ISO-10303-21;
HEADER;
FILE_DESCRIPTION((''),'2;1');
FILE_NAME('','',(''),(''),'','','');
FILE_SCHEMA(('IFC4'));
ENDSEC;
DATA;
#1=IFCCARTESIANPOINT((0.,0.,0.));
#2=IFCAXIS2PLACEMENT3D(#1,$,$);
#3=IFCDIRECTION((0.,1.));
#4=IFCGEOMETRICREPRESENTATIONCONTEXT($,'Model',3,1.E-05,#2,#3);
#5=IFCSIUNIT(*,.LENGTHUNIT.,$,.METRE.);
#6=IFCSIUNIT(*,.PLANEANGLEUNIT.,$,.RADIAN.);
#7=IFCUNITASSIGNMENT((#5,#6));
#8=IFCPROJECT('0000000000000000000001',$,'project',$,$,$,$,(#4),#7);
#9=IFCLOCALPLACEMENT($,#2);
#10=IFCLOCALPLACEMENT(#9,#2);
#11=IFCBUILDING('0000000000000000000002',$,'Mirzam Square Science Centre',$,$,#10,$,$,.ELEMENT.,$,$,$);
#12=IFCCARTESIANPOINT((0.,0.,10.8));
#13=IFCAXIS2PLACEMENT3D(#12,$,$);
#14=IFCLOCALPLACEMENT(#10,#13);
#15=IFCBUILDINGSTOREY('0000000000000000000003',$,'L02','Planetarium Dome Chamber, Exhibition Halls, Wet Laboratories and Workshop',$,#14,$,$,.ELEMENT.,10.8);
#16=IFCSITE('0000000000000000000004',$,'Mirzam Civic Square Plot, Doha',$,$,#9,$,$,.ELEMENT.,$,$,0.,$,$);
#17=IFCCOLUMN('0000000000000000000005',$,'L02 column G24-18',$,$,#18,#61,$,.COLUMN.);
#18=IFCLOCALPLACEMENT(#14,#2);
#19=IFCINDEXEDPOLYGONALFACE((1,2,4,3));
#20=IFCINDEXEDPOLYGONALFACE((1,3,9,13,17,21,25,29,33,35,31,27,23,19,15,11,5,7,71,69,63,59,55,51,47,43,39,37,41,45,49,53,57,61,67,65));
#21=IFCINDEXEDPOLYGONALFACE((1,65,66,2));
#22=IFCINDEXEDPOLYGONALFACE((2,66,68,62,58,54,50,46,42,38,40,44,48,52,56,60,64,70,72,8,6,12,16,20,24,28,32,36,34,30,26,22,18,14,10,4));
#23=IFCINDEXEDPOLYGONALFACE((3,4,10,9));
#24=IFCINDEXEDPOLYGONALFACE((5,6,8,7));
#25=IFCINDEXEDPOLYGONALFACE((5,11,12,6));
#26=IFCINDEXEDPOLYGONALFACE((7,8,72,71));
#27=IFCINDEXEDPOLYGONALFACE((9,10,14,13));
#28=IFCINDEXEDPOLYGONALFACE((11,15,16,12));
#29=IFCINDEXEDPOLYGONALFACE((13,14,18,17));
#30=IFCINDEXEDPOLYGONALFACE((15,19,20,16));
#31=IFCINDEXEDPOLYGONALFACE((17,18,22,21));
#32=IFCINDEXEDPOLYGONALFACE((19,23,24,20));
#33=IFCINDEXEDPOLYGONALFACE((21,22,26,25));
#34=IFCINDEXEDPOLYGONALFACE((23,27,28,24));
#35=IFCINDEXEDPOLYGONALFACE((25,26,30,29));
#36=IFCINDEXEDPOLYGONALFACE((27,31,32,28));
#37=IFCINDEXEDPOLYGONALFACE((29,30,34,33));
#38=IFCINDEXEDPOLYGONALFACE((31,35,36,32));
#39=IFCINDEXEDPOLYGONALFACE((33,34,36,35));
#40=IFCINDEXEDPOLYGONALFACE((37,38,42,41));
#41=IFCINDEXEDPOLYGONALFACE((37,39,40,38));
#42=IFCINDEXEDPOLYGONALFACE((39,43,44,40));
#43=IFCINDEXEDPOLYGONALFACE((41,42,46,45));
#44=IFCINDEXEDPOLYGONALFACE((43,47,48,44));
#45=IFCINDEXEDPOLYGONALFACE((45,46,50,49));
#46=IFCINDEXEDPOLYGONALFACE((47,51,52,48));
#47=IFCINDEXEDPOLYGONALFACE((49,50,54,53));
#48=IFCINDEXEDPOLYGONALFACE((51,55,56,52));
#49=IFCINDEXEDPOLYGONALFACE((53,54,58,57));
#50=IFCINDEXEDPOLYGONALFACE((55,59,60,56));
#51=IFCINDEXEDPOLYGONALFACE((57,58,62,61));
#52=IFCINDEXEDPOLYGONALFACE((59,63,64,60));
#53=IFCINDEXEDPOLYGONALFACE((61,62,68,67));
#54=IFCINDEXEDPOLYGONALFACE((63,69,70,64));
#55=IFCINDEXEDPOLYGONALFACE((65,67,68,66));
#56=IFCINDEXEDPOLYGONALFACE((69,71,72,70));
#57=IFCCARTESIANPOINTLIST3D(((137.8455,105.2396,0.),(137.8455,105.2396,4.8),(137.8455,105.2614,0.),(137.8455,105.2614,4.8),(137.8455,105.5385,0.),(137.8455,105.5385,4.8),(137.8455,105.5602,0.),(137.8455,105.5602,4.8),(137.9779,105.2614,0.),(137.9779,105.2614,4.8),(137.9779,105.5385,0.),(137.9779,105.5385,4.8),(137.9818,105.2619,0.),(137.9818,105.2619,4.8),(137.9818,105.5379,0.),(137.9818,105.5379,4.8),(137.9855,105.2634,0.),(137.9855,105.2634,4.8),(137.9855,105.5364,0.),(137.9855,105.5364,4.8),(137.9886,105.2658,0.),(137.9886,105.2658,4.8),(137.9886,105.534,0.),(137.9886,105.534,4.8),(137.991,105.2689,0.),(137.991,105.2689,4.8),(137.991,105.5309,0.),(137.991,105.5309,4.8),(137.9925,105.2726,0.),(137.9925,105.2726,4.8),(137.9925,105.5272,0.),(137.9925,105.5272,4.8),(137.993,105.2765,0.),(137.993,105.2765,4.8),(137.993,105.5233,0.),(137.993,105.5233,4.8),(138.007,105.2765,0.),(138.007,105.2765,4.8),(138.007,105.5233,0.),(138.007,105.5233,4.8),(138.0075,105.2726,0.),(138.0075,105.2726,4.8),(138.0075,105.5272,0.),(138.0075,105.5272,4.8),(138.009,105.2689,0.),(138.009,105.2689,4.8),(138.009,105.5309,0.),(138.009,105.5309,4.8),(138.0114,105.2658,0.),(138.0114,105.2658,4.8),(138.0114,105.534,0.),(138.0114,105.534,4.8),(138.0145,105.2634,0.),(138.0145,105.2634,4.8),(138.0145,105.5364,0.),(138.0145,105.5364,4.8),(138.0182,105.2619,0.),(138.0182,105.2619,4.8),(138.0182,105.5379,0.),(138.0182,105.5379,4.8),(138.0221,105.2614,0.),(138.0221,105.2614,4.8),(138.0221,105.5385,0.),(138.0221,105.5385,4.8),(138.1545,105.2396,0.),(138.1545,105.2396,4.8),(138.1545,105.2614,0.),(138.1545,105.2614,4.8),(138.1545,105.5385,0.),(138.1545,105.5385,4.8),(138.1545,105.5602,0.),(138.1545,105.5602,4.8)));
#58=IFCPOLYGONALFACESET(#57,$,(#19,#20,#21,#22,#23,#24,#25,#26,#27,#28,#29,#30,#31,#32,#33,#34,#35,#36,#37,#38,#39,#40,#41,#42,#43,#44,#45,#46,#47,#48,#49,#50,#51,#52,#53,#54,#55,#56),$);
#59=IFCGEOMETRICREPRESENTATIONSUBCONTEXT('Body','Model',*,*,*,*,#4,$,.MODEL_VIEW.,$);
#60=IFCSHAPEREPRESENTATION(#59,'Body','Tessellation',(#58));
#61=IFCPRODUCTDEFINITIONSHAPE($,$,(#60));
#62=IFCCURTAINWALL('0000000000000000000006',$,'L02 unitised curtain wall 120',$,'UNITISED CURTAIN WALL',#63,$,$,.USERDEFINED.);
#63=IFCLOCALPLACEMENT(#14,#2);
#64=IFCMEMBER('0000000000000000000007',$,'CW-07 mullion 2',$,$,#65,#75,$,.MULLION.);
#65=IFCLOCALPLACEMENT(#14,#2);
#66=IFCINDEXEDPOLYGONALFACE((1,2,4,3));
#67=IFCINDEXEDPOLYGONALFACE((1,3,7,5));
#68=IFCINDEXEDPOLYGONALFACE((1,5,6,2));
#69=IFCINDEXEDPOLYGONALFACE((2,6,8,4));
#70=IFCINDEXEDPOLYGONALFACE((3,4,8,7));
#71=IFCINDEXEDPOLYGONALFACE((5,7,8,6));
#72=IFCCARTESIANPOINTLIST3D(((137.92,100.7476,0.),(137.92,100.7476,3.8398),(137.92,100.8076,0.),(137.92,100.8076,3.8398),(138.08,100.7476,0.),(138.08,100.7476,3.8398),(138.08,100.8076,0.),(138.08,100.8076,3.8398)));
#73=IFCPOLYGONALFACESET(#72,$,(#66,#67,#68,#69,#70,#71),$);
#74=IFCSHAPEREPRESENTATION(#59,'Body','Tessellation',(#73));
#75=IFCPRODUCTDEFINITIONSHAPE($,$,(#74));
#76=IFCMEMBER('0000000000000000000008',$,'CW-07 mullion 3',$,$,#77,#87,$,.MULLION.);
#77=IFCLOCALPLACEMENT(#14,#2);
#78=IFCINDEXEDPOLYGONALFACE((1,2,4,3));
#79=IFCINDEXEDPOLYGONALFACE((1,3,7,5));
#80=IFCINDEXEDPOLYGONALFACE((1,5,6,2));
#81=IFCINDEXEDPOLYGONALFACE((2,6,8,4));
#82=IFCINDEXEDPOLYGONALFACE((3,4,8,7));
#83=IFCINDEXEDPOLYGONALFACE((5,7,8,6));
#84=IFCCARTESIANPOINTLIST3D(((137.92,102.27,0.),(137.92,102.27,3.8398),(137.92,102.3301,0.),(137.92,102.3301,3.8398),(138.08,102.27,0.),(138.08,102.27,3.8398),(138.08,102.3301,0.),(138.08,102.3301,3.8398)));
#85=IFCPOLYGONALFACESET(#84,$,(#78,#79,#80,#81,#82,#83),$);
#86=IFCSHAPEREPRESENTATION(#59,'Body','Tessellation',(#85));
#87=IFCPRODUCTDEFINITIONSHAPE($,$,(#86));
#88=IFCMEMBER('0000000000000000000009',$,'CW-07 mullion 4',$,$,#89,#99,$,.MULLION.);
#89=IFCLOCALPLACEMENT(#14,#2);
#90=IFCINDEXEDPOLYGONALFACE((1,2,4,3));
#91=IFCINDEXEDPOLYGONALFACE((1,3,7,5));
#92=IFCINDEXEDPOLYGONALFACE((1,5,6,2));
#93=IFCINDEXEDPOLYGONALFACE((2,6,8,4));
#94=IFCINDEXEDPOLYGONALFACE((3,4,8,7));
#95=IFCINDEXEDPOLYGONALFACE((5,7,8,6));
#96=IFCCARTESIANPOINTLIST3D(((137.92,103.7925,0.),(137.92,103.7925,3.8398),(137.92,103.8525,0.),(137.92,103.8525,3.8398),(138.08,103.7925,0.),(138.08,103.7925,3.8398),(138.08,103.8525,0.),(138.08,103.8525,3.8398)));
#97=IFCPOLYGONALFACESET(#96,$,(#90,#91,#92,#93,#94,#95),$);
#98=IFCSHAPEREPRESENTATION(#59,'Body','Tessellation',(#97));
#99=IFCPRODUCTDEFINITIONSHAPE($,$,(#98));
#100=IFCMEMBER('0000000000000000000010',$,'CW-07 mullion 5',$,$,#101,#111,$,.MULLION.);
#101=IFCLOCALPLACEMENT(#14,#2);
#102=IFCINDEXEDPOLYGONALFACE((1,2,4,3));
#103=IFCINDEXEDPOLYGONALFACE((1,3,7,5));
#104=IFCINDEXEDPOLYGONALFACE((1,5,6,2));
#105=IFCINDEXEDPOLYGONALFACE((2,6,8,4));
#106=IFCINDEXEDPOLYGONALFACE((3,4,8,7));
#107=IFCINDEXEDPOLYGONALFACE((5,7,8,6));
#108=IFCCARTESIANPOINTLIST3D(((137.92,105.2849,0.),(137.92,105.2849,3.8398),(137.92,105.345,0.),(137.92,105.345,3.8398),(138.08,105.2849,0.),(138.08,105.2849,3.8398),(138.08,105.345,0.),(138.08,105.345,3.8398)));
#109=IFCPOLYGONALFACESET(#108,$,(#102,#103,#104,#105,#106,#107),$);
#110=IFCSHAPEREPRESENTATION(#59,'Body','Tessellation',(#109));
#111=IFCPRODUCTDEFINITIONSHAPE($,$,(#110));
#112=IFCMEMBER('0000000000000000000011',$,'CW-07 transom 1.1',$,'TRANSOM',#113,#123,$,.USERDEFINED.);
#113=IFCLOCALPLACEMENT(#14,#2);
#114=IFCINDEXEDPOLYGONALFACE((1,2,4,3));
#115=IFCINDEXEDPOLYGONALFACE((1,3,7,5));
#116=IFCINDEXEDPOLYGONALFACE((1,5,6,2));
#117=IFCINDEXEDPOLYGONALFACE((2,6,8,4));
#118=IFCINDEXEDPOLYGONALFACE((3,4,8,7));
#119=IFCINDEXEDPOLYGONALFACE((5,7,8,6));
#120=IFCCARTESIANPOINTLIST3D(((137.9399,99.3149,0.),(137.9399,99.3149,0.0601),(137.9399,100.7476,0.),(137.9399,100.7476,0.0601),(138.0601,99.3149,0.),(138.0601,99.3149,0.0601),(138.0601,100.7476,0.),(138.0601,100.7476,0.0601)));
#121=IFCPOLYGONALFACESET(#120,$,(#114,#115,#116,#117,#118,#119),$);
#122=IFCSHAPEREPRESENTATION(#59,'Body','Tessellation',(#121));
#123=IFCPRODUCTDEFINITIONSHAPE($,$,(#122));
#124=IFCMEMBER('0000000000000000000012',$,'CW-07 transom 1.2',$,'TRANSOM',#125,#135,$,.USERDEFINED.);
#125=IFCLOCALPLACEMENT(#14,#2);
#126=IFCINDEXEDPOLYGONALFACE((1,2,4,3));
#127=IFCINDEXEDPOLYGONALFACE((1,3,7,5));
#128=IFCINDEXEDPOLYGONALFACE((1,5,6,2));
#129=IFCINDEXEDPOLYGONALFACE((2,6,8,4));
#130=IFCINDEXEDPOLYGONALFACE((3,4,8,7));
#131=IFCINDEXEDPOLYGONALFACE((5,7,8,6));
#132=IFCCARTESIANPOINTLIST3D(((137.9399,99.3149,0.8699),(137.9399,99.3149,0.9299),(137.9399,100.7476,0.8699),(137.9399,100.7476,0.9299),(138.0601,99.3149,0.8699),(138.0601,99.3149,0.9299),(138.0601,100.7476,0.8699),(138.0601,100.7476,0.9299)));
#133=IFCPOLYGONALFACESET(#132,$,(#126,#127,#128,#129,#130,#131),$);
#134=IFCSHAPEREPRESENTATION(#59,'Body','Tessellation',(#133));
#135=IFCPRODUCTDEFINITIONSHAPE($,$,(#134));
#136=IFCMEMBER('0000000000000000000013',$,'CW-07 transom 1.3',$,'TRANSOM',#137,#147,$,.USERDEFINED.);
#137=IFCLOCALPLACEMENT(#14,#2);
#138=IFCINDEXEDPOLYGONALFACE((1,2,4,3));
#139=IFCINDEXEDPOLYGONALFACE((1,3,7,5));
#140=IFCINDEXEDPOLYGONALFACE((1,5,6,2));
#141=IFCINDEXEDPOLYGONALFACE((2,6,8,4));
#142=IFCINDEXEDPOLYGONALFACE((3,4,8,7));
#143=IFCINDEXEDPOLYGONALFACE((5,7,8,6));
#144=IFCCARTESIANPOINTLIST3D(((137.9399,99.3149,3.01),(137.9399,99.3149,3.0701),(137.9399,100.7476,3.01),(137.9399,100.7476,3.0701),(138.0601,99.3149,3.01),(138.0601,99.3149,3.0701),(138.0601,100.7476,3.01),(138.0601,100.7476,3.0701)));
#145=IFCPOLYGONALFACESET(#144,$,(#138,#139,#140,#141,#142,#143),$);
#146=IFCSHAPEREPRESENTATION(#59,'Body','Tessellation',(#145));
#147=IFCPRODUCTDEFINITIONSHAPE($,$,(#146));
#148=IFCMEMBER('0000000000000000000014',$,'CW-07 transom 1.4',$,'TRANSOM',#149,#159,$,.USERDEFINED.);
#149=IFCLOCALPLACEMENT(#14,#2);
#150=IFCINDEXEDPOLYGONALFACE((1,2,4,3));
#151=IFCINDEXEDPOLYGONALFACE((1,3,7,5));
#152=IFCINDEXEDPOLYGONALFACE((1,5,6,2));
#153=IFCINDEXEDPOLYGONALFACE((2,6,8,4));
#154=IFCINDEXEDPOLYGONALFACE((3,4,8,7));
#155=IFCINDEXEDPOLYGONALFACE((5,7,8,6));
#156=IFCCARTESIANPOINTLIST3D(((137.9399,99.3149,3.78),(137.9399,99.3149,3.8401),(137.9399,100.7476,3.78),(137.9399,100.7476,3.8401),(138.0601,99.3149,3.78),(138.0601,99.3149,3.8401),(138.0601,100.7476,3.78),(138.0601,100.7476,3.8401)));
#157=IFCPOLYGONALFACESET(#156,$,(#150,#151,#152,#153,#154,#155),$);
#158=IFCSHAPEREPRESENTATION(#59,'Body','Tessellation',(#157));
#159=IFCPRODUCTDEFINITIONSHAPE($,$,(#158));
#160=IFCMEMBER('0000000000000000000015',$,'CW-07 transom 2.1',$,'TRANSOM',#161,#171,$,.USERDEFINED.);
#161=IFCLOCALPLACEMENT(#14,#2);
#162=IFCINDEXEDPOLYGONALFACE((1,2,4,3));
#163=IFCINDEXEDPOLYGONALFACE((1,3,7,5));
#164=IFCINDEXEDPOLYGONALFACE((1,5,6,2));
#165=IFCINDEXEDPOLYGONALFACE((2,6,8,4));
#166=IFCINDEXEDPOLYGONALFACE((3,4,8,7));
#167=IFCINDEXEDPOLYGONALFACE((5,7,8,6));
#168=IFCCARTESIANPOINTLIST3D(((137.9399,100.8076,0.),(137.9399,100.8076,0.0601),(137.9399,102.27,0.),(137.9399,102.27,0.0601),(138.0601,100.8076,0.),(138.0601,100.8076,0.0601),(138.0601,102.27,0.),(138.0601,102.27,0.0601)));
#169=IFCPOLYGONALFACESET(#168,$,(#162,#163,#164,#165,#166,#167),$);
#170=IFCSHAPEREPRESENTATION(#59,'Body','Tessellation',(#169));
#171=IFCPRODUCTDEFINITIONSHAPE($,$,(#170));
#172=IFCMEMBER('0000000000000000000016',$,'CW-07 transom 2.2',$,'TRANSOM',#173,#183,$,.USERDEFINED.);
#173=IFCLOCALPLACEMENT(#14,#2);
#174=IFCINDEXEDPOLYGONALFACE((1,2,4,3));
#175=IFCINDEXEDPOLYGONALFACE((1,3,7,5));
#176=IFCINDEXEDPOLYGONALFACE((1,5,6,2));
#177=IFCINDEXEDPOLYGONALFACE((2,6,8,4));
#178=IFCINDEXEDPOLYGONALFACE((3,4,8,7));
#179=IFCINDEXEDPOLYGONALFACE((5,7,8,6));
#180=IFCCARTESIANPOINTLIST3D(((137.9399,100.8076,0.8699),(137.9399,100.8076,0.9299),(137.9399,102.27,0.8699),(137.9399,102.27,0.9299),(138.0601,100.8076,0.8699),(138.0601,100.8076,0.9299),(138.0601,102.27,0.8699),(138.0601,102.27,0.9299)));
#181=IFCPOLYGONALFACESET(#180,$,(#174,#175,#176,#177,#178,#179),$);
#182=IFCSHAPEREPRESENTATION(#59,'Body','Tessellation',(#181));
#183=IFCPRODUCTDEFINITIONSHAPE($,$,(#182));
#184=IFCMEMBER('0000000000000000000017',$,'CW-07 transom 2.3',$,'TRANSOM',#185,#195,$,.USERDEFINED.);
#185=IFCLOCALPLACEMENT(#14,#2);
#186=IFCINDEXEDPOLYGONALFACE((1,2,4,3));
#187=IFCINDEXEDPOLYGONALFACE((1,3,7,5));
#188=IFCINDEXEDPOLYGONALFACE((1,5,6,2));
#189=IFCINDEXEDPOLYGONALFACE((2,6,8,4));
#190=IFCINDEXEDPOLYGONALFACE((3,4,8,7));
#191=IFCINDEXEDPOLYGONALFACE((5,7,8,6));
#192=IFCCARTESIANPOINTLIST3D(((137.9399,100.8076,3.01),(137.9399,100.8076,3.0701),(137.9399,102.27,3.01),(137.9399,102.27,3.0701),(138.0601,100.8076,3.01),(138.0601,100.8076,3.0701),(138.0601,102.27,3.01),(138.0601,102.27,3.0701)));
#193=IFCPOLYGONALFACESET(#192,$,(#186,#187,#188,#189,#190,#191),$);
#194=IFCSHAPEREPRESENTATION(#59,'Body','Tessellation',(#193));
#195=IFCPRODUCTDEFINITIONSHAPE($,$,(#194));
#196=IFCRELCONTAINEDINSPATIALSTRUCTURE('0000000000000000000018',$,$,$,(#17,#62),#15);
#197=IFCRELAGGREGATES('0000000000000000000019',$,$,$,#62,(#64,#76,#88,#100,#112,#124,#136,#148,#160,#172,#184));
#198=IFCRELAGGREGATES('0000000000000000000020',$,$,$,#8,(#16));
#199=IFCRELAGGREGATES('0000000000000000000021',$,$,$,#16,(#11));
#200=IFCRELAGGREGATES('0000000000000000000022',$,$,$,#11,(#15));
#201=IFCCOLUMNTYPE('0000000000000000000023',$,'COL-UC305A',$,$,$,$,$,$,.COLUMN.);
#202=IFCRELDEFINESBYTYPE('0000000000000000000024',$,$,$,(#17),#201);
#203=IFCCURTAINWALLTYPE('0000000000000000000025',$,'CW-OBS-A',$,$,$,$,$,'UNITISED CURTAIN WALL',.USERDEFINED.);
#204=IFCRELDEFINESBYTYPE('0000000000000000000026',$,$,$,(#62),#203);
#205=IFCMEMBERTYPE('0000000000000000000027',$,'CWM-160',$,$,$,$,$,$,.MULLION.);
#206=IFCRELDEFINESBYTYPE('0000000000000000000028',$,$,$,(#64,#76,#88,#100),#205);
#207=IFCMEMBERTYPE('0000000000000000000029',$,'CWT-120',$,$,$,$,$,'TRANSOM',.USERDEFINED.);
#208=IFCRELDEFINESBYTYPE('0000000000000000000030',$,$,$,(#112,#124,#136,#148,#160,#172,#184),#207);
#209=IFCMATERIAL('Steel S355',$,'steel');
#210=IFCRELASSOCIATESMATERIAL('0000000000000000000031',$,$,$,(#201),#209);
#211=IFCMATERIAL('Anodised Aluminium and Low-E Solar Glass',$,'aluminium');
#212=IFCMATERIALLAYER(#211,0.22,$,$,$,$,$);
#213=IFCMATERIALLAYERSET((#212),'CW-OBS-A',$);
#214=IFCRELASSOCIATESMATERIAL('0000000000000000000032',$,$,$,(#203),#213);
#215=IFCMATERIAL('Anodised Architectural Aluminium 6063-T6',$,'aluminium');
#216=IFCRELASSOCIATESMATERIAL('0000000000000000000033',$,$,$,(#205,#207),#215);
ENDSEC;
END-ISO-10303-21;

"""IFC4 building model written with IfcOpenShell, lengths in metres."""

from ifc_helpers import new_model, si_unit, direction, frame, origin, origin_2d, place, context, subcontext, project, spatial, rectangle, i_section, extrude, material, layer, layer_set, material_profile, profile_set, type_object, element, aggregate, save


model = new_model("IFC4")

# Units and contexts
model_context = context("Model", 3, precision=1e-05, world=origin(), true_north=direction((0.0, 1.0)))
body_context = subcontext(model_context, "Body", "Model", "MODEL_VIEW")
ifc_project = project(units=[si_unit("LENGTHUNIT", "METRE"), si_unit("PLANEANGLEUNIT", "RADIAN")], contexts=[model_context])

# Site, building, storey
site_placement = place(None, origin())
site = spatial("IfcSite", under=ifc_project, at=site_placement, Name="Mirzam Civic Square Plot, Doha", CompositionType="ELEMENT", RefElevation=0.0)
building_placement = place(site_placement, origin())
building = spatial("IfcBuilding", under=site, at=building_placement, Name="Mirzam Square Science Centre", CompositionType="ELEMENT")
storey_placement = place(building_placement, frame((0.0, 0.0, 10.8)))
storey = spatial("IfcBuildingStorey", under=building, at=storey_placement, Name="L02", Description="Planetarium Dome Chamber, Exhibition Halls, Wet Laboratories and Workshop", CompositionType="ELEMENT", Elevation=10.8)

# Column
ifc_material_1 = material(Name="Steel S355", Category="steel")
ifc_material_profile_1 = material_profile(ifc_material_1, i_section(OverallWidth=0.3091, OverallDepth=0.3206, WebThickness=0.0139, FlangeThickness=0.0217, FilletRadius=0.0151, at=origin_2d()), Name="305x305x137UC")
ifc_profile_set_1 = profile_set([ifc_material_profile_1], Name="Steel S355")
column_type = type_object("IfcColumnType", Name="COL-UC305A", PredefinedType="COLUMN", material=ifc_profile_set_1)
column_placement = place(storey_placement, frame((138.0, 105.3999, 0.0), z_axis=(0.0, 0.0, 1.0), x_axis=(1.0, 0.0, 0.0)))
element("IfcColumn", 1, at=column_placement, inside=storey, type_object=column_type, Name="L02 column G24-18", PredefinedType="COLUMN", context=body_context, shape_type="SweptSolid", body=[
    extrude(i_section(OverallWidth=0.3091, OverallDepth=0.3206, WebThickness=0.0139, FlangeThickness=0.0217, FilletRadius=0.0151, at=origin_2d()), origin(), (0.0, 0.0, 1.0), 4.8),
])

# Curtain wall, members
ifc_material_2 = material(Name="Anodised Aluminium and Low-E Solar Glass", Category="aluminium")
ifc_layer_1 = layer(ifc_material_2, 0.22)
ifc_layer_set_1 = layer_set([ifc_layer_1], Name="CW-OBS-A")
curtain_wall_type = type_object("IfcCurtainWallType", Name="CW-OBS-A", ElementType="UNITISED CURTAIN WALL", PredefinedType="USERDEFINED", material=ifc_layer_set_1)
curtain_wall_placement = place(storey_placement, origin())
curtain_wall = element("IfcCurtainWall", 2, at=curtain_wall_placement, inside=storey, type_object=curtain_wall_type, Name="L02 unitised curtain wall 120", ObjectType="UNITISED CURTAIN WALL", PredefinedType="USERDEFINED")
ifc_material_3 = material(Name="Anodised Architectural Aluminium 6063-T6", Category="aluminium")
ifc_material_profile_2 = material_profile(ifc_material_3, rectangle(XDim=0.0601, YDim=0.1599, at=origin_2d()), Name="ALU-MULL-160x60x4")
ifc_profile_set_2 = profile_set([ifc_material_profile_2], Name="Anodised Architectural Aluminium 6063-T6")
member_type_1 = type_object("IfcMemberType", Name="CWM-160", PredefinedType="MULLION", material=ifc_profile_set_2)
member_1_placement = place(storey_placement, frame((138.0, 100.7776, 0.0), z_axis=(0.0, 0.0, 1.0), x_axis=(0.0, 1.0, 0.0)))
member_1 = element("IfcMember", 3, at=member_1_placement, type_object=member_type_1, Name="CW-07 mullion 2", PredefinedType="MULLION", context=body_context, shape_type="SweptSolid", body=[
    extrude(rectangle(XDim=0.0601, YDim=0.1599, at=origin_2d()), origin(), (0.0, 0.0, 1.0), 3.8398),
])
member_2_placement = place(storey_placement, frame((138.0, 102.3, 0.0), z_axis=(0.0, 0.0, 1.0), x_axis=(0.0, 1.0, 0.0)))
member_2 = element("IfcMember", 4, at=member_2_placement, type_object=member_type_1, Name="CW-07 mullion 3", PredefinedType="MULLION", context=body_context, shape_type="SweptSolid", body=[
    extrude(rectangle(XDim=0.0601, YDim=0.1599, at=origin_2d()), origin(), (0.0, 0.0, 1.0), 3.8398),
])
member_3_placement = place(storey_placement, frame((138.0, 103.8225, 0.0), z_axis=(0.0, 0.0, 1.0), x_axis=(0.0, 1.0, 0.0)))
member_3 = element("IfcMember", 5, at=member_3_placement, type_object=member_type_1, Name="CW-07 mullion 4", PredefinedType="MULLION", context=body_context, shape_type="SweptSolid", body=[
    extrude(rectangle(XDim=0.0601, YDim=0.1599, at=origin_2d()), origin(), (0.0, 0.0, 1.0), 3.8398),
])
member_4_placement = place(storey_placement, frame((138.0, 105.3149, 0.0), z_axis=(0.0, 0.0, 1.0), x_axis=(0.0, 1.0, 0.0)))
member_4 = element("IfcMember", 6, at=member_4_placement, type_object=member_type_1, Name="CW-07 mullion 5", PredefinedType="MULLION", context=body_context, shape_type="SweptSolid", body=[
    extrude(rectangle(XDim=0.0601, YDim=0.1599, at=origin_2d()), origin(), (0.0, 0.0, 1.0), 3.8398),
])
ifc_material_profile_3 = material_profile(ifc_material_3, rectangle(XDim=0.1201, YDim=0.0601, at=origin_2d()), Name="ALU-TRAN-120x60x4")
ifc_profile_set_3 = profile_set([ifc_material_profile_3], Name="Anodised Architectural Aluminium 6063-T6")
member_type_2 = type_object("IfcMemberType", Name="CWT-120", ElementType="TRANSOM", PredefinedType="USERDEFINED", material=ifc_profile_set_3)
member_5_placement = place(storey_placement, frame((138.0, 99.3149, 0.03), z_axis=(0.0, 1.0, 0.0), x_axis=(-1.0, 0.0, 0.0)))
member_5 = element("IfcMember", 7, at=member_5_placement, type_object=member_type_2, Name="CW-07 transom 1.1", ObjectType="TRANSOM", PredefinedType="USERDEFINED", context=body_context, shape_type="SweptSolid", body=[
    extrude(rectangle(XDim=0.1201, YDim=0.0601, at=origin_2d()), origin(), (0.0, 0.0, 1.0), 1.4326),
])
member_6_placement = place(storey_placement, frame((138.0, 99.3149, 0.8999), z_axis=(0.0, 1.0, 0.0), x_axis=(-1.0, 0.0, 0.0)))
member_6 = element("IfcMember", 8, at=member_6_placement, type_object=member_type_2, Name="CW-07 transom 1.2", ObjectType="TRANSOM", PredefinedType="USERDEFINED", context=body_context, shape_type="SweptSolid", body=[
    extrude(rectangle(XDim=0.1201, YDim=0.0601, at=origin_2d()), origin(), (0.0, 0.0, 1.0), 1.4326),
])
member_7_placement = place(storey_placement, frame((138.0, 99.3149, 3.04), z_axis=(0.0, 1.0, 0.0), x_axis=(-1.0, 0.0, 0.0)))
member_7 = element("IfcMember", 9, at=member_7_placement, type_object=member_type_2, Name="CW-07 transom 1.3", ObjectType="TRANSOM", PredefinedType="USERDEFINED", context=body_context, shape_type="SweptSolid", body=[
    extrude(rectangle(XDim=0.1201, YDim=0.0601, at=origin_2d()), origin(), (0.0, 0.0, 1.0), 1.4326),
])
member_8_placement = place(storey_placement, frame((138.0, 99.3149, 3.8101), z_axis=(0.0, 1.0, 0.0), x_axis=(-1.0, 0.0, 0.0)))
member_8 = element("IfcMember", 10, at=member_8_placement, type_object=member_type_2, Name="CW-07 transom 1.4", ObjectType="TRANSOM", PredefinedType="USERDEFINED", context=body_context, shape_type="SweptSolid", body=[
    extrude(rectangle(XDim=0.1201, YDim=0.0601, at=origin_2d()), origin(), (0.0, 0.0, 1.0), 1.4326),
])
member_9_placement = place(storey_placement, frame((138.0, 100.8076, 0.03), z_axis=(0.0, 1.0, 0.0), x_axis=(-1.0, 0.0, 0.0)))
member_9 = element("IfcMember", 11, at=member_9_placement, type_object=member_type_2, Name="CW-07 transom 2.1", ObjectType="TRANSOM", PredefinedType="USERDEFINED", context=body_context, shape_type="SweptSolid", body=[
    extrude(rectangle(XDim=0.1201, YDim=0.0601, at=origin_2d()), origin(), (0.0, 0.0, 1.0), 1.4624),
])
member_10_placement = place(storey_placement, frame((138.0, 100.8076, 0.8999), z_axis=(0.0, 1.0, 0.0), x_axis=(-1.0, 0.0, 0.0)))
member_10 = element("IfcMember", 12, at=member_10_placement, type_object=member_type_2, Name="CW-07 transom 2.2", ObjectType="TRANSOM", PredefinedType="USERDEFINED", context=body_context, shape_type="SweptSolid", body=[
    extrude(rectangle(XDim=0.1201, YDim=0.0601, at=origin_2d()), origin(), (0.0, 0.0, 1.0), 1.4624),
])
member_11_placement = place(storey_placement, frame((138.0, 100.8076, 3.04), z_axis=(0.0, 1.0, 0.0), x_axis=(-1.0, 0.0, 0.0)))
member_11 = element("IfcMember", 13, at=member_11_placement, type_object=member_type_2, Name="CW-07 transom 2.3", ObjectType="TRANSOM", PredefinedType="USERDEFINED", context=body_context, shape_type="SweptSolid", body=[
    extrude(rectangle(XDim=0.1201, YDim=0.0601, at=origin_2d()), origin(), (0.0, 0.0, 1.0), 1.4624),
])

aggregate(curtain_wall, [member_1, member_2, member_3, member_4, member_5, member_6, member_7, member_8, member_9, member_10, member_11])

save(model, "model.ifc")
